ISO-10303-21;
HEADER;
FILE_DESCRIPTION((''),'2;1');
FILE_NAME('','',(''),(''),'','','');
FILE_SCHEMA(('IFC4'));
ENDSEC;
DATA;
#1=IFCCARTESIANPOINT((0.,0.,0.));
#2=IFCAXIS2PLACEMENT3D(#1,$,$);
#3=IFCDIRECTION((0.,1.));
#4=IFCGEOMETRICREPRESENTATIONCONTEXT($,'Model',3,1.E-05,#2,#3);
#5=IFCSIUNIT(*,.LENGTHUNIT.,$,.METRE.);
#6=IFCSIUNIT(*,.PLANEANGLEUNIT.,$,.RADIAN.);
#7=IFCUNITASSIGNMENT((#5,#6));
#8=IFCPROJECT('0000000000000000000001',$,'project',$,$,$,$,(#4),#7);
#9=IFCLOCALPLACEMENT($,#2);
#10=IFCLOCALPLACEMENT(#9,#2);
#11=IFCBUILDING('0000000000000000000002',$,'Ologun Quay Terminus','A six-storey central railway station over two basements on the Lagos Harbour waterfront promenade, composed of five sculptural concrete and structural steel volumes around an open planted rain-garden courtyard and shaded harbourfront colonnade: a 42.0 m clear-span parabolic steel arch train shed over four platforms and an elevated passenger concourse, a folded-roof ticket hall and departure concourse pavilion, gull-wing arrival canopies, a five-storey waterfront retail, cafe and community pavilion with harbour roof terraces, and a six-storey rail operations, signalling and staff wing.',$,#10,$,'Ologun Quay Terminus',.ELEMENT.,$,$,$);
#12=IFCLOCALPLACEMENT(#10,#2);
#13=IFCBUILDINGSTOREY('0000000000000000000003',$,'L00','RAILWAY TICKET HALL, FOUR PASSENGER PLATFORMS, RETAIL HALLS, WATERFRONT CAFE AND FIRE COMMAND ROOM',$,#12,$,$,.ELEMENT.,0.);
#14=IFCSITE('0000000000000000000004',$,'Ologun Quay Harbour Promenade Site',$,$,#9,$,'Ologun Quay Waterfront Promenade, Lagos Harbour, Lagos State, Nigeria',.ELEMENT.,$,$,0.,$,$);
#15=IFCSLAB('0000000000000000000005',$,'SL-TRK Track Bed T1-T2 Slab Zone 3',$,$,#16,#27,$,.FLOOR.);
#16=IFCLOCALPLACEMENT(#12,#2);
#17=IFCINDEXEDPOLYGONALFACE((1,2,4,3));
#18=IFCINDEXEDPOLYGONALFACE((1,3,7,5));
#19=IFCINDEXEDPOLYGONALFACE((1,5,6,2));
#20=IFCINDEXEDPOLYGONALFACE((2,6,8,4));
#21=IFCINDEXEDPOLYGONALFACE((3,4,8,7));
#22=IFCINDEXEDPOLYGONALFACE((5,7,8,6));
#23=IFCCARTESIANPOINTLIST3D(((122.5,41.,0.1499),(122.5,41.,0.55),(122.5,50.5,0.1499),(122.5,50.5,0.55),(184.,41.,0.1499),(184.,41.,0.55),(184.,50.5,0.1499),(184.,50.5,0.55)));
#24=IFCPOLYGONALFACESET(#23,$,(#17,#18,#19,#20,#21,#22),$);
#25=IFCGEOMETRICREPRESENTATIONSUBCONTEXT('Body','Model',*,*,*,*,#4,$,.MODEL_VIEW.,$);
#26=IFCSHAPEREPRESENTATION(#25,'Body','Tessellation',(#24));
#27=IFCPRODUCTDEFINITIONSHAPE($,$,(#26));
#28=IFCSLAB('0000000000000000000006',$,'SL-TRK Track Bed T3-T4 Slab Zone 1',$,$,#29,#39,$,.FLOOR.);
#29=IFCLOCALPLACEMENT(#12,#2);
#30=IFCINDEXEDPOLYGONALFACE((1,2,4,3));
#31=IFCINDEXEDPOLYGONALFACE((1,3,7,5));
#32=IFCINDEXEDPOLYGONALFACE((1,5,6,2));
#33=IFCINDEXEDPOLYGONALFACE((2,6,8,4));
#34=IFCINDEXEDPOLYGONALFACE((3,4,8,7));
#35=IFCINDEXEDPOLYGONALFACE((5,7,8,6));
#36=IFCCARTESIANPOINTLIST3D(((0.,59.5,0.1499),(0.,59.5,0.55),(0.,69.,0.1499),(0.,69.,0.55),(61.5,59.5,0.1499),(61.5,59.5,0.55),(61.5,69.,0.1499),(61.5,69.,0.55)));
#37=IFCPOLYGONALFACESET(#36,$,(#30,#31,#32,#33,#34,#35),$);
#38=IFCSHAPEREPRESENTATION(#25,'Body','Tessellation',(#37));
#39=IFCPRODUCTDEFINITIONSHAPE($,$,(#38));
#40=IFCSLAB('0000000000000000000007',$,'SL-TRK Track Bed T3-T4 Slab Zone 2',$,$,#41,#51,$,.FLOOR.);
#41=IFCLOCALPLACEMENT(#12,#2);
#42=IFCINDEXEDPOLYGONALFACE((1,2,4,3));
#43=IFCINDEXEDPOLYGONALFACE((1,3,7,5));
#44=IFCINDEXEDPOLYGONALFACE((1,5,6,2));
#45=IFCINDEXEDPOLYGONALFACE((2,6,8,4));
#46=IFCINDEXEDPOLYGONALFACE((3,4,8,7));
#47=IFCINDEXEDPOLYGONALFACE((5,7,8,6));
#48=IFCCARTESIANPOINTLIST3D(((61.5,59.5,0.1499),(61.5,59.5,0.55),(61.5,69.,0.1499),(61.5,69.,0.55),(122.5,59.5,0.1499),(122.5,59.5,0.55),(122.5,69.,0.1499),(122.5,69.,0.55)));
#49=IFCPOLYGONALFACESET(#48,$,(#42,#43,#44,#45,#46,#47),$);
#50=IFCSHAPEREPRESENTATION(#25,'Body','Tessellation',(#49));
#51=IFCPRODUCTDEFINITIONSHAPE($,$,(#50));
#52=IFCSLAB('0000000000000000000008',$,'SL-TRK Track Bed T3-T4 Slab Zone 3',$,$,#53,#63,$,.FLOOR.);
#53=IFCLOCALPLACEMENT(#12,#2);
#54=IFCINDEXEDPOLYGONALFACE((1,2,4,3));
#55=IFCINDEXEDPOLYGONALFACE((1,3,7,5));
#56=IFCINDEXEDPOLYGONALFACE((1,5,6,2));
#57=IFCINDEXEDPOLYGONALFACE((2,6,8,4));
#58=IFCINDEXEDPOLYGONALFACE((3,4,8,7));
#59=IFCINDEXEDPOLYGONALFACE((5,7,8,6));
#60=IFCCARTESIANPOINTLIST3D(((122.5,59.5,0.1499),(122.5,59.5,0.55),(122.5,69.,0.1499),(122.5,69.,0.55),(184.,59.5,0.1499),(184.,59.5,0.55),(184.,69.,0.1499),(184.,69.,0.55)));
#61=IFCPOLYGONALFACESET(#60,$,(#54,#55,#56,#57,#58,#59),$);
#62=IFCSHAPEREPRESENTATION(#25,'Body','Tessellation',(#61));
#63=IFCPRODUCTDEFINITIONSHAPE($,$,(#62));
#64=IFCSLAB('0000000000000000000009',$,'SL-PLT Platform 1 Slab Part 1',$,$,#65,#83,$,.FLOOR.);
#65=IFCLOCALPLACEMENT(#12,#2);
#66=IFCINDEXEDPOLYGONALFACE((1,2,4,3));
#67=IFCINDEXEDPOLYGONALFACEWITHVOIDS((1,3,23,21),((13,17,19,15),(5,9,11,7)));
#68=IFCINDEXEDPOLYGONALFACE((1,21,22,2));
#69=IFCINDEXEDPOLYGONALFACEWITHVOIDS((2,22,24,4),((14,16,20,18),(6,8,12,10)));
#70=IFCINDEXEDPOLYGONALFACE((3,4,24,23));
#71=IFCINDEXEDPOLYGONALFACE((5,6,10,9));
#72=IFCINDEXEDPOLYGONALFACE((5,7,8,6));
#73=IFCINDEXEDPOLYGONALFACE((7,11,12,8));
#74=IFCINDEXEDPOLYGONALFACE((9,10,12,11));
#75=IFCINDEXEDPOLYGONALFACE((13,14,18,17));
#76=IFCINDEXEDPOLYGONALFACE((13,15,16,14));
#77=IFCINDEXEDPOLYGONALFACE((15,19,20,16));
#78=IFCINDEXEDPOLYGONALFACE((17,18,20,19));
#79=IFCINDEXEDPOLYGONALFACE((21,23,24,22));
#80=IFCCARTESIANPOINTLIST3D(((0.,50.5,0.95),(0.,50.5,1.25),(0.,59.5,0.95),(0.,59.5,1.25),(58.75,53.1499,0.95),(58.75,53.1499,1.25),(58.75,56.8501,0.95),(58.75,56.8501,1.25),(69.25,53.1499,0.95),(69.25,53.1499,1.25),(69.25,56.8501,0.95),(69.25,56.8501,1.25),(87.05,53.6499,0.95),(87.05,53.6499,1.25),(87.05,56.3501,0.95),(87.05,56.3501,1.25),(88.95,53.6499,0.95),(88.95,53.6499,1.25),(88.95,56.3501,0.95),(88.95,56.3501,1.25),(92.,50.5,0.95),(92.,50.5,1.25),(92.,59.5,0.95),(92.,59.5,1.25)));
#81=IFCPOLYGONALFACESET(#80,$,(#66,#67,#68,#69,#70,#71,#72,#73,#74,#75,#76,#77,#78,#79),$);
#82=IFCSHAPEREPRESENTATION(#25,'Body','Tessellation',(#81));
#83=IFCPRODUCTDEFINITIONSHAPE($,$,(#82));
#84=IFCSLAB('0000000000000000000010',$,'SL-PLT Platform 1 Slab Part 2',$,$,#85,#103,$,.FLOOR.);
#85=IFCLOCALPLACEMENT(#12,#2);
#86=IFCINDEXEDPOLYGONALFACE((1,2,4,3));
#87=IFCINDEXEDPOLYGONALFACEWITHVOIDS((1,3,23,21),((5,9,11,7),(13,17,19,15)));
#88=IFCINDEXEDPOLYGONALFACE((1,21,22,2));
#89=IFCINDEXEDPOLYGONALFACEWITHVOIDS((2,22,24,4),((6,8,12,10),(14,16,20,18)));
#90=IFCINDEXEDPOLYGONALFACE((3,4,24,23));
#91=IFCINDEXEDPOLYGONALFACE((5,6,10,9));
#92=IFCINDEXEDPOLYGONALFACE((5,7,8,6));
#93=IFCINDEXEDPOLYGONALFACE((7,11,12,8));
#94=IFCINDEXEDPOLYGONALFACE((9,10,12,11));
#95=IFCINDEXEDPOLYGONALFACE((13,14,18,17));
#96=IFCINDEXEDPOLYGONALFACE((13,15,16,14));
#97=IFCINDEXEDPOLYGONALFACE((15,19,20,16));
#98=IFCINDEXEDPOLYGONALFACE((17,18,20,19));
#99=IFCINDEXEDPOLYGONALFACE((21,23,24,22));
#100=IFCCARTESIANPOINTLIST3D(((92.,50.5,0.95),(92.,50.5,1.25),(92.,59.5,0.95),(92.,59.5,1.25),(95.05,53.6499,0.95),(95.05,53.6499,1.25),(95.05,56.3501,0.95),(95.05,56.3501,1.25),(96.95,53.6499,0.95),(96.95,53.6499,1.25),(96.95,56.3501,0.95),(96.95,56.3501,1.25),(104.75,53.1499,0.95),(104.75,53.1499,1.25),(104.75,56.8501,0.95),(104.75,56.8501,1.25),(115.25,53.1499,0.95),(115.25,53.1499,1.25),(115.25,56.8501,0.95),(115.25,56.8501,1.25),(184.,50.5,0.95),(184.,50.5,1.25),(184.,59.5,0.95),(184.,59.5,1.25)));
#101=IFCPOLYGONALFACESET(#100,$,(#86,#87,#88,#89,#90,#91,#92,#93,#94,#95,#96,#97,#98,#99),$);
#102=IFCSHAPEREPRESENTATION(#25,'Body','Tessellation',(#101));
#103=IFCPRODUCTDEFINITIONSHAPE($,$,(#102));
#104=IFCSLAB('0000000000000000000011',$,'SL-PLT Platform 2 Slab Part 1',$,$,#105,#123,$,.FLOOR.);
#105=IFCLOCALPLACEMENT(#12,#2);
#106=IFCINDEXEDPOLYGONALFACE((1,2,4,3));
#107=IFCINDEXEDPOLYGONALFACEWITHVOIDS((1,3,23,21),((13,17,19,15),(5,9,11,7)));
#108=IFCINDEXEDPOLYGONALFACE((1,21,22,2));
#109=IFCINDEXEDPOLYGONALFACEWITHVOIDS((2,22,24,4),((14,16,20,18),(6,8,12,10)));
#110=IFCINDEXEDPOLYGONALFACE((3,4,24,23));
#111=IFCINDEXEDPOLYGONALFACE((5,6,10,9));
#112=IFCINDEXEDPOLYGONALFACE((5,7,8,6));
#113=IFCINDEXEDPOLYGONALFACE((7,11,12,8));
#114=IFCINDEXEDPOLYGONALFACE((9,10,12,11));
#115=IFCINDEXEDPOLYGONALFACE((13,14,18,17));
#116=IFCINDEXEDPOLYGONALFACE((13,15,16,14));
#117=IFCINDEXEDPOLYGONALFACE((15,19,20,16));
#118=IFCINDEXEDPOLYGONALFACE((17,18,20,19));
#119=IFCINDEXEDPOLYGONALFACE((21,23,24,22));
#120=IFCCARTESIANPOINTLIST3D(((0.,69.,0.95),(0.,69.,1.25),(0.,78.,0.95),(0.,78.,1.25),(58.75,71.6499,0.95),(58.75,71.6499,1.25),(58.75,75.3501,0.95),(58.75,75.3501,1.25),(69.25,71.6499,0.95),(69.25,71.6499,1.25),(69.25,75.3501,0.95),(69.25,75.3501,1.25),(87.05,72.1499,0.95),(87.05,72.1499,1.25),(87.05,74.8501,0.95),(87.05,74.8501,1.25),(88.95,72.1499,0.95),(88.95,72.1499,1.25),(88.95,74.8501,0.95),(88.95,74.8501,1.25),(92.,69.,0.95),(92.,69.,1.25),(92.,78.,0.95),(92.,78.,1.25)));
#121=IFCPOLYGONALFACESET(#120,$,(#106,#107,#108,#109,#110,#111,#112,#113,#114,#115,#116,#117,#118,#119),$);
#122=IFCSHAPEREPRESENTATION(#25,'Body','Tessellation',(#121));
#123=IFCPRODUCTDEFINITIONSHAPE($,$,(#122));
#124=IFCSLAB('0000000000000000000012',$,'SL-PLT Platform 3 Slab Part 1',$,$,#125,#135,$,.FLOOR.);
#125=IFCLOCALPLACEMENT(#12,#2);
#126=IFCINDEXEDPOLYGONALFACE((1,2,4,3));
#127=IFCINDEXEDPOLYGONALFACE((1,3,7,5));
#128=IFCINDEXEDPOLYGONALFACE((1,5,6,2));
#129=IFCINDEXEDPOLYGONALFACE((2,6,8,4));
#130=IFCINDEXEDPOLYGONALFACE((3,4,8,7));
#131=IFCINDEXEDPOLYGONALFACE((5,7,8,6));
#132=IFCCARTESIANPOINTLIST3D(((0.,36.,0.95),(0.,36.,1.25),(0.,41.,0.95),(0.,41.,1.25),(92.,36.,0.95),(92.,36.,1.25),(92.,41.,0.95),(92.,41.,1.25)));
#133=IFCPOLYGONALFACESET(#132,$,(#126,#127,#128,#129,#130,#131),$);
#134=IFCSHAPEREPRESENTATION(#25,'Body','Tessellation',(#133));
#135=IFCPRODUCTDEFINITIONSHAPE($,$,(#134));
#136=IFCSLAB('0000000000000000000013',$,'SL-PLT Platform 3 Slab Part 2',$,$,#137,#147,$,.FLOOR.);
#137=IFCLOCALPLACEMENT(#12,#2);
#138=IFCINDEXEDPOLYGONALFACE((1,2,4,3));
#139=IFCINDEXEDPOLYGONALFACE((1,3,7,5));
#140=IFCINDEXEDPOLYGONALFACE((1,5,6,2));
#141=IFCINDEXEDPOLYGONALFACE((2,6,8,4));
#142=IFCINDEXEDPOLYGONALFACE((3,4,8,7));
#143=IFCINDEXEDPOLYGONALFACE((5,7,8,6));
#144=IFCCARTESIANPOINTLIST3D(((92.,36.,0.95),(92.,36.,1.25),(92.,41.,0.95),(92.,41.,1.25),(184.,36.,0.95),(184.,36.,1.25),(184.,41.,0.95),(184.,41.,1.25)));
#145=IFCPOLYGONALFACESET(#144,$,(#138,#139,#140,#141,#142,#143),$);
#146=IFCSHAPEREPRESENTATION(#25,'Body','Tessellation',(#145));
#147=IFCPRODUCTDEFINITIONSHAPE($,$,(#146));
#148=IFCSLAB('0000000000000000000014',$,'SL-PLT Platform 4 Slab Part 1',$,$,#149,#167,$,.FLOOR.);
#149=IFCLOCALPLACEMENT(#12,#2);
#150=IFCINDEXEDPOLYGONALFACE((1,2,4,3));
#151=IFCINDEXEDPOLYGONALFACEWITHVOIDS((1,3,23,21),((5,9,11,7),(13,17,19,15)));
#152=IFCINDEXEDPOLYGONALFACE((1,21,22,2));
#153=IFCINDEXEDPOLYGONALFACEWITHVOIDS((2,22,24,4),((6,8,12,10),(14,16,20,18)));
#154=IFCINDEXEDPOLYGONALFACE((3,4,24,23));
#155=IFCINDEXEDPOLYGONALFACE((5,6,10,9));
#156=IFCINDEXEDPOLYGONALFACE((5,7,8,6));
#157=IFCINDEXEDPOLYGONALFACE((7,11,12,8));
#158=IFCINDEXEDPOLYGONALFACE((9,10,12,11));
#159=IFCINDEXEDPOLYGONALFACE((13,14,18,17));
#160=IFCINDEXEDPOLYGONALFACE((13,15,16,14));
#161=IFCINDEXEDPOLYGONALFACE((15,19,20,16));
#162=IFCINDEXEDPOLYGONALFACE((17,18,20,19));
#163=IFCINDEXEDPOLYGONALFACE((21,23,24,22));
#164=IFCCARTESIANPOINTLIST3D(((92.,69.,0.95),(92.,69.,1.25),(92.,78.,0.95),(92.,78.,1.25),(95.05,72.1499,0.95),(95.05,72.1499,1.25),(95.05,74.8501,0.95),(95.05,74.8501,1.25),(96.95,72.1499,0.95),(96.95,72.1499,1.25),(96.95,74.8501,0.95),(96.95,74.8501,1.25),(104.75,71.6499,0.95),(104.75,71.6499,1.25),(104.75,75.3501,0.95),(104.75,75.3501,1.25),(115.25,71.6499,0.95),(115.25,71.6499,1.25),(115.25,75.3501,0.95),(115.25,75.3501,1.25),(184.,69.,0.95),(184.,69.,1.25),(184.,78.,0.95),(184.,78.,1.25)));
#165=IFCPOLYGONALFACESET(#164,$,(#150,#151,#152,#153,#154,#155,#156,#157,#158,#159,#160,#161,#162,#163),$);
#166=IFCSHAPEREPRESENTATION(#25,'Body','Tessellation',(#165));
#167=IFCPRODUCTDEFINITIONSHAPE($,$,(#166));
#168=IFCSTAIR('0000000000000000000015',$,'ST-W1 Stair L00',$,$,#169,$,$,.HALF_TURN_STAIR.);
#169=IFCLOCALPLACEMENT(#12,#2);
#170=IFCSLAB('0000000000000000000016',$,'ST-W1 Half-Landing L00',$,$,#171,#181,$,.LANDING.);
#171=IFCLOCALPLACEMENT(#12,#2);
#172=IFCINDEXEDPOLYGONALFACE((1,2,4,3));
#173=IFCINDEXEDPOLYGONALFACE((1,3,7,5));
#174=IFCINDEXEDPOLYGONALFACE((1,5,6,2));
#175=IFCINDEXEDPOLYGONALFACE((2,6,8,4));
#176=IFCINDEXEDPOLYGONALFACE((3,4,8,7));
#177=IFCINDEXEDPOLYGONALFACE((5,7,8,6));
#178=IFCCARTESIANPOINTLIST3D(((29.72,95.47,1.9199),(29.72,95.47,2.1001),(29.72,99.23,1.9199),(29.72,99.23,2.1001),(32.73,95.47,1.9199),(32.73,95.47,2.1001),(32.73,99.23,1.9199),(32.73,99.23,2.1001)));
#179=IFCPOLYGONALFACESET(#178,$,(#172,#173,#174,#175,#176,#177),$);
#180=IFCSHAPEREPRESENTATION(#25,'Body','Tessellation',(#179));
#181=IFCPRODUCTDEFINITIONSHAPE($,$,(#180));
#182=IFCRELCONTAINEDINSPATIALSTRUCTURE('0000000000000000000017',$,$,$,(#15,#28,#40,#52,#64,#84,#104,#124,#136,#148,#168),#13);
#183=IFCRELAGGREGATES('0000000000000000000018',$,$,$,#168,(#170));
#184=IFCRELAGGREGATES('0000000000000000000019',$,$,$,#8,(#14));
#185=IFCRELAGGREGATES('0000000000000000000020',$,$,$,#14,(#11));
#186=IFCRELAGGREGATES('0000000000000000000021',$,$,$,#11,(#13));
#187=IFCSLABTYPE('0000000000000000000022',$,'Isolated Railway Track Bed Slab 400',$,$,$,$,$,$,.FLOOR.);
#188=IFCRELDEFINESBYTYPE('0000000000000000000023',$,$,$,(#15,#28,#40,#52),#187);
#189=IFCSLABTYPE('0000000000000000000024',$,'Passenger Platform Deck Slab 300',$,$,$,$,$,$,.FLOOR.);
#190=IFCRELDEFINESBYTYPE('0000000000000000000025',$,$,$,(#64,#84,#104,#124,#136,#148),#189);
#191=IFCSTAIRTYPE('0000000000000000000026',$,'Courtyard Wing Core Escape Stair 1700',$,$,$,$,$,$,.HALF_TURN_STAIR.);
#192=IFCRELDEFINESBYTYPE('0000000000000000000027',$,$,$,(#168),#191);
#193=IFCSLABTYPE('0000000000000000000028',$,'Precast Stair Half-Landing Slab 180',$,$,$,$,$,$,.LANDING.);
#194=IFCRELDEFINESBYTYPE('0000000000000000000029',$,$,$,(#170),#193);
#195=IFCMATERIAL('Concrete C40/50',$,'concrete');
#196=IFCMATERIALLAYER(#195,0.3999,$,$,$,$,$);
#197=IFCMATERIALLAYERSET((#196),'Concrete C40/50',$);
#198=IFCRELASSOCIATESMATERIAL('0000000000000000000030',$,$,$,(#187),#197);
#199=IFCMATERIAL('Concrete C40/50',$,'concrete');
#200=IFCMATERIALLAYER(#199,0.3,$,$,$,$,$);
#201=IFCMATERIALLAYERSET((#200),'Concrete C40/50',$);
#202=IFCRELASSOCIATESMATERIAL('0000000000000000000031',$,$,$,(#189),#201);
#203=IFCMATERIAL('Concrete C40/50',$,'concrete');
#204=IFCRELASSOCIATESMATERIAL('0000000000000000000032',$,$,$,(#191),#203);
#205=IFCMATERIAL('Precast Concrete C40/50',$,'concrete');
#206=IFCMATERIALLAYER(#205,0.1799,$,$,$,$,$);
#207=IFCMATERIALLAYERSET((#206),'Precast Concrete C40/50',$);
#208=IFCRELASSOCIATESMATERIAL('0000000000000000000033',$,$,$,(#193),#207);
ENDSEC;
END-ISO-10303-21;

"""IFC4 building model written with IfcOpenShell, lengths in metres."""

from ifc_helpers import new_model, si_unit, direction, frame, origin, place, context, subcontext, project, spatial, polyline, outline, extrude, material, layer, layer_set, type_object, element, aggregate, save


model = new_model("IFC4")

# Units and contexts
model_context = context("Model", 3, precision=1e-05, world=origin(), true_north=direction((0.0, 1.0)))
body_context = subcontext(model_context, "Body", "Model", "MODEL_VIEW")
ifc_project = project(units=[si_unit("LENGTHUNIT", "METRE"), si_unit("PLANEANGLEUNIT", "RADIAN")], contexts=[model_context])

# Site, building, storey
site_placement = place(None, origin())
site = spatial("IfcSite", under=ifc_project, at=site_placement, Name="Ologun Quay Harbour Promenade Site", LongName="Ologun Quay Waterfront Promenade, Lagos Harbour, Lagos State, Nigeria", CompositionType="ELEMENT", RefElevation=0.0)
building_placement = place(site_placement, origin())
building = spatial("IfcBuilding", under=site, at=building_placement, Name="Ologun Quay Terminus", Description="A six-storey central railway station over two basements on the Lagos Harbour waterfront promenade, composed of five sculptural concrete and structural steel volumes around an open planted rain-garden courtyard and shaded harbourfront colonnade: a 42.0 m clear-span parabolic steel arch train shed over four platforms and an elevated passenger concourse, a folded-roof ticket hall and departure concourse pavilion, gull-wing arrival canopies, a five-storey waterfront retail, cafe and community pavilion with harbour roof terraces, and a six-storey rail operations, signalling and staff wing.", LongName="Ologun Quay Terminus", CompositionType="ELEMENT")
storey_placement = place(building_placement, origin())
storey = spatial("IfcBuildingStorey", under=building, at=storey_placement, Name="L00", Description="RAILWAY TICKET HALL, FOUR PASSENGER PLATFORMS, RETAIL HALLS, WATERFRONT CAFE AND FIRE COMMAND ROOM", CompositionType="ELEMENT", Elevation=0.0)

# Slabs
ifc_material_1 = material(Name="Concrete C40/50", Category="concrete")
ifc_layer_1 = layer(ifc_material_1, 0.3999)
ifc_layer_set_1 = layer_set([ifc_layer_1], Name="Concrete C40/50")
slab_type_1 = type_object("IfcSlabType", Name="Isolated Railway Track Bed Slab 400", PredefinedType="FLOOR", material=ifc_layer_set_1)
slab_1_placement = place(storey_placement, frame((0.0, 0.0, 0.1499)))
element("IfcSlab", 1, at=slab_1_placement, inside=storey, type_object=slab_type_1, Name="SL-TRK Track Bed T1-T2 Slab Zone 3", PredefinedType="FLOOR", context=body_context, shape_type="SweptSolid", body=[
    extrude(outline(polyline([(122.5, 41.0), (184.0, 41.0), (184.0, 50.5), (122.5, 50.5), (122.5, 41.0)])), origin(), (0.0, 0.0, 1.0), 0.4001),
])
slab_2_placement = place(storey_placement, frame((0.0, 0.0, 0.1499)))
element("IfcSlab", 2, at=slab_2_placement, inside=storey, type_object=slab_type_1, Name="SL-TRK Track Bed T3-T4 Slab Zone 1", PredefinedType="FLOOR", context=body_context, shape_type="SweptSolid", body=[
    extrude(outline(polyline([(0.0, 59.5), (61.5, 59.5), (61.5, 69.0), (0.0, 69.0), (0.0, 59.5)])), origin(), (0.0, 0.0, 1.0), 0.4001),
])
slab_3_placement = place(storey_placement, frame((0.0, 0.0, 0.1499)))
element("IfcSlab", 3, at=slab_3_placement, inside=storey, type_object=slab_type_1, Name="SL-TRK Track Bed T3-T4 Slab Zone 2", PredefinedType="FLOOR", context=body_context, shape_type="SweptSolid", body=[
    extrude(outline(polyline([(61.5, 59.5), (122.5, 59.5), (122.5, 69.0), (61.5, 69.0), (61.5, 59.5)])), origin(), (0.0, 0.0, 1.0), 0.4001),
])
slab_4_placement = place(storey_placement, frame((0.0, 0.0, 0.1499)))
element("IfcSlab", 4, at=slab_4_placement, inside=storey, type_object=slab_type_1, Name="SL-TRK Track Bed T3-T4 Slab Zone 3", PredefinedType="FLOOR", context=body_context, shape_type="SweptSolid", body=[
    extrude(outline(polyline([(122.5, 59.5), (184.0, 59.5), (184.0, 69.0), (122.5, 69.0), (122.5, 59.5)])), origin(), (0.0, 0.0, 1.0), 0.4001),
])
ifc_material_2 = material(Name="Concrete C40/50", Category="concrete")
ifc_layer_2 = layer(ifc_material_2, 0.3)
ifc_layer_set_2 = layer_set([ifc_layer_2], Name="Concrete C40/50")
slab_type_2 = type_object("IfcSlabType", Name="Passenger Platform Deck Slab 300", PredefinedType="FLOOR", material=ifc_layer_set_2)
slab_5_placement = place(storey_placement, frame((0.0, 0.0, 0.95)))
element("IfcSlab", 5, at=slab_5_placement, inside=storey, type_object=slab_type_2, Name="SL-PLT Platform 1 Slab Part 1", PredefinedType="FLOOR", context=body_context, shape_type="SweptSolid", body=[
    extrude(outline(polyline([(0.0, 50.5), (92.0, 50.5), (92.0, 59.5), (0.0, 59.5), (0.0, 50.5)]), holes=[polyline([(87.05, 53.6499), (87.05, 56.3501), (88.95, 56.3501), (88.95, 53.6499), (87.05, 53.6499)]), polyline([(58.75, 53.1499), (58.75, 56.8501), (69.25, 56.8501), (69.25, 53.1499), (58.75, 53.1499)])]), origin(), (0.0, 0.0, 1.0), 0.3),
])
slab_6_placement = place(storey_placement, frame((0.0, 0.0, 0.95)))
element("IfcSlab", 6, at=slab_6_placement, inside=storey, type_object=slab_type_2, Name="SL-PLT Platform 1 Slab Part 2", PredefinedType="FLOOR", context=body_context, shape_type="SweptSolid", body=[
    extrude(outline(polyline([(92.0, 50.5), (184.0, 50.5), (184.0, 59.5), (92.0, 59.5), (92.0, 50.5)]), holes=[polyline([(95.05, 53.6499), (95.05, 56.3501), (96.95, 56.3501), (96.95, 53.6499), (95.05, 53.6499)]), polyline([(104.75, 53.1499), (104.75, 56.8501), (115.25, 56.8501), (115.25, 53.1499), (104.75, 53.1499)])]), origin(), (0.0, 0.0, 1.0), 0.3),
])
slab_7_placement = place(storey_placement, frame((0.0, 0.0, 0.95)))
element("IfcSlab", 7, at=slab_7_placement, inside=storey, type_object=slab_type_2, Name="SL-PLT Platform 2 Slab Part 1", PredefinedType="FLOOR", context=body_context, shape_type="SweptSolid", body=[
    extrude(outline(polyline([(0.0, 69.0), (92.0, 69.0), (92.0, 78.0), (0.0, 78.0), (0.0, 69.0)]), holes=[polyline([(87.05, 72.1499), (87.05, 74.8501), (88.95, 74.8501), (88.95, 72.1499), (87.05, 72.1499)]), polyline([(58.75, 71.6499), (58.75, 75.3501), (69.25, 75.3501), (69.25, 71.6499), (58.75, 71.6499)])]), origin(), (0.0, 0.0, 1.0), 0.3),
])
slab_8_placement = place(storey_placement, frame((0.0, 0.0, 0.95)))
element("IfcSlab", 8, at=slab_8_placement, inside=storey, type_object=slab_type_2, Name="SL-PLT Platform 3 Slab Part 1", PredefinedType="FLOOR", context=body_context, shape_type="SweptSolid", body=[
    extrude(outline(polyline([(0.0, 36.0), (92.0, 36.0), (92.0, 41.0), (0.0, 41.0), (0.0, 36.0)])), origin(), (0.0, 0.0, 1.0), 0.3),
])
slab_9_placement = place(storey_placement, frame((0.0, 0.0, 0.95)))
element("IfcSlab", 9, at=slab_9_placement, inside=storey, type_object=slab_type_2, Name="SL-PLT Platform 3 Slab Part 2", PredefinedType="FLOOR", context=body_context, shape_type="SweptSolid", body=[
    extrude(outline(polyline([(92.0, 36.0), (184.0, 36.0), (184.0, 41.0), (92.0, 41.0), (92.0, 36.0)])), origin(), (0.0, 0.0, 1.0), 0.3),
])
slab_10_placement = place(storey_placement, frame((0.0, 0.0, 0.95)))
element("IfcSlab", 10, at=slab_10_placement, inside=storey, type_object=slab_type_2, Name="SL-PLT Platform 4 Slab Part 1", PredefinedType="FLOOR", context=body_context, shape_type="SweptSolid", body=[
    extrude(outline(polyline([(92.0, 69.0), (184.0, 69.0), (184.0, 78.0), (92.0, 78.0), (92.0, 69.0)]), holes=[polyline([(95.05, 72.1499), (95.05, 74.8501), (96.95, 74.8501), (96.95, 72.1499), (95.05, 72.1499)]), polyline([(104.75, 71.6499), (104.75, 75.3501), (115.25, 75.3501), (115.25, 71.6499), (104.75, 71.6499)])]), origin(), (0.0, 0.0, 1.0), 0.3),
])

# Stair, slab
ifc_material_3 = material(Name="Concrete C40/50", Category="concrete")
stair_type = type_object("IfcStairType", Name="Courtyard Wing Core Escape Stair 1700", PredefinedType="HALF_TURN_STAIR", material=ifc_material_3)
stair_placement = place(storey_placement, origin())
stair = element("IfcStair", 11, at=stair_placement, inside=storey, type_object=stair_type, Name="ST-W1 Stair L00", PredefinedType="HALF_TURN_STAIR")
ifc_material_4 = material(Name="Precast Concrete C40/50", Category="concrete")
ifc_layer_3 = layer(ifc_material_4, 0.1799)
ifc_layer_set_3 = layer_set([ifc_layer_3], Name="Precast Concrete C40/50")
slab_type_3 = type_object("IfcSlabType", Name="Precast Stair Half-Landing Slab 180", PredefinedType="LANDING", material=ifc_layer_set_3)
slab_11_placement = place(storey_placement, frame((0.0, 0.0, 1.9199)))
slab_11 = element("IfcSlab", 12, at=slab_11_placement, type_object=slab_type_3, Name="ST-W1 Half-Landing L00", PredefinedType="LANDING", context=body_context, shape_type="SweptSolid", body=[
    extrude(outline(polyline([(29.72, 95.47), (32.73, 95.47), (32.73, 99.23), (29.72, 99.23), (29.72, 95.47)])), origin(), (0.0, 0.0, 1.0), 0.1802),
])
aggregate(stair, [slab_11])

save(model, "model.ifc")
